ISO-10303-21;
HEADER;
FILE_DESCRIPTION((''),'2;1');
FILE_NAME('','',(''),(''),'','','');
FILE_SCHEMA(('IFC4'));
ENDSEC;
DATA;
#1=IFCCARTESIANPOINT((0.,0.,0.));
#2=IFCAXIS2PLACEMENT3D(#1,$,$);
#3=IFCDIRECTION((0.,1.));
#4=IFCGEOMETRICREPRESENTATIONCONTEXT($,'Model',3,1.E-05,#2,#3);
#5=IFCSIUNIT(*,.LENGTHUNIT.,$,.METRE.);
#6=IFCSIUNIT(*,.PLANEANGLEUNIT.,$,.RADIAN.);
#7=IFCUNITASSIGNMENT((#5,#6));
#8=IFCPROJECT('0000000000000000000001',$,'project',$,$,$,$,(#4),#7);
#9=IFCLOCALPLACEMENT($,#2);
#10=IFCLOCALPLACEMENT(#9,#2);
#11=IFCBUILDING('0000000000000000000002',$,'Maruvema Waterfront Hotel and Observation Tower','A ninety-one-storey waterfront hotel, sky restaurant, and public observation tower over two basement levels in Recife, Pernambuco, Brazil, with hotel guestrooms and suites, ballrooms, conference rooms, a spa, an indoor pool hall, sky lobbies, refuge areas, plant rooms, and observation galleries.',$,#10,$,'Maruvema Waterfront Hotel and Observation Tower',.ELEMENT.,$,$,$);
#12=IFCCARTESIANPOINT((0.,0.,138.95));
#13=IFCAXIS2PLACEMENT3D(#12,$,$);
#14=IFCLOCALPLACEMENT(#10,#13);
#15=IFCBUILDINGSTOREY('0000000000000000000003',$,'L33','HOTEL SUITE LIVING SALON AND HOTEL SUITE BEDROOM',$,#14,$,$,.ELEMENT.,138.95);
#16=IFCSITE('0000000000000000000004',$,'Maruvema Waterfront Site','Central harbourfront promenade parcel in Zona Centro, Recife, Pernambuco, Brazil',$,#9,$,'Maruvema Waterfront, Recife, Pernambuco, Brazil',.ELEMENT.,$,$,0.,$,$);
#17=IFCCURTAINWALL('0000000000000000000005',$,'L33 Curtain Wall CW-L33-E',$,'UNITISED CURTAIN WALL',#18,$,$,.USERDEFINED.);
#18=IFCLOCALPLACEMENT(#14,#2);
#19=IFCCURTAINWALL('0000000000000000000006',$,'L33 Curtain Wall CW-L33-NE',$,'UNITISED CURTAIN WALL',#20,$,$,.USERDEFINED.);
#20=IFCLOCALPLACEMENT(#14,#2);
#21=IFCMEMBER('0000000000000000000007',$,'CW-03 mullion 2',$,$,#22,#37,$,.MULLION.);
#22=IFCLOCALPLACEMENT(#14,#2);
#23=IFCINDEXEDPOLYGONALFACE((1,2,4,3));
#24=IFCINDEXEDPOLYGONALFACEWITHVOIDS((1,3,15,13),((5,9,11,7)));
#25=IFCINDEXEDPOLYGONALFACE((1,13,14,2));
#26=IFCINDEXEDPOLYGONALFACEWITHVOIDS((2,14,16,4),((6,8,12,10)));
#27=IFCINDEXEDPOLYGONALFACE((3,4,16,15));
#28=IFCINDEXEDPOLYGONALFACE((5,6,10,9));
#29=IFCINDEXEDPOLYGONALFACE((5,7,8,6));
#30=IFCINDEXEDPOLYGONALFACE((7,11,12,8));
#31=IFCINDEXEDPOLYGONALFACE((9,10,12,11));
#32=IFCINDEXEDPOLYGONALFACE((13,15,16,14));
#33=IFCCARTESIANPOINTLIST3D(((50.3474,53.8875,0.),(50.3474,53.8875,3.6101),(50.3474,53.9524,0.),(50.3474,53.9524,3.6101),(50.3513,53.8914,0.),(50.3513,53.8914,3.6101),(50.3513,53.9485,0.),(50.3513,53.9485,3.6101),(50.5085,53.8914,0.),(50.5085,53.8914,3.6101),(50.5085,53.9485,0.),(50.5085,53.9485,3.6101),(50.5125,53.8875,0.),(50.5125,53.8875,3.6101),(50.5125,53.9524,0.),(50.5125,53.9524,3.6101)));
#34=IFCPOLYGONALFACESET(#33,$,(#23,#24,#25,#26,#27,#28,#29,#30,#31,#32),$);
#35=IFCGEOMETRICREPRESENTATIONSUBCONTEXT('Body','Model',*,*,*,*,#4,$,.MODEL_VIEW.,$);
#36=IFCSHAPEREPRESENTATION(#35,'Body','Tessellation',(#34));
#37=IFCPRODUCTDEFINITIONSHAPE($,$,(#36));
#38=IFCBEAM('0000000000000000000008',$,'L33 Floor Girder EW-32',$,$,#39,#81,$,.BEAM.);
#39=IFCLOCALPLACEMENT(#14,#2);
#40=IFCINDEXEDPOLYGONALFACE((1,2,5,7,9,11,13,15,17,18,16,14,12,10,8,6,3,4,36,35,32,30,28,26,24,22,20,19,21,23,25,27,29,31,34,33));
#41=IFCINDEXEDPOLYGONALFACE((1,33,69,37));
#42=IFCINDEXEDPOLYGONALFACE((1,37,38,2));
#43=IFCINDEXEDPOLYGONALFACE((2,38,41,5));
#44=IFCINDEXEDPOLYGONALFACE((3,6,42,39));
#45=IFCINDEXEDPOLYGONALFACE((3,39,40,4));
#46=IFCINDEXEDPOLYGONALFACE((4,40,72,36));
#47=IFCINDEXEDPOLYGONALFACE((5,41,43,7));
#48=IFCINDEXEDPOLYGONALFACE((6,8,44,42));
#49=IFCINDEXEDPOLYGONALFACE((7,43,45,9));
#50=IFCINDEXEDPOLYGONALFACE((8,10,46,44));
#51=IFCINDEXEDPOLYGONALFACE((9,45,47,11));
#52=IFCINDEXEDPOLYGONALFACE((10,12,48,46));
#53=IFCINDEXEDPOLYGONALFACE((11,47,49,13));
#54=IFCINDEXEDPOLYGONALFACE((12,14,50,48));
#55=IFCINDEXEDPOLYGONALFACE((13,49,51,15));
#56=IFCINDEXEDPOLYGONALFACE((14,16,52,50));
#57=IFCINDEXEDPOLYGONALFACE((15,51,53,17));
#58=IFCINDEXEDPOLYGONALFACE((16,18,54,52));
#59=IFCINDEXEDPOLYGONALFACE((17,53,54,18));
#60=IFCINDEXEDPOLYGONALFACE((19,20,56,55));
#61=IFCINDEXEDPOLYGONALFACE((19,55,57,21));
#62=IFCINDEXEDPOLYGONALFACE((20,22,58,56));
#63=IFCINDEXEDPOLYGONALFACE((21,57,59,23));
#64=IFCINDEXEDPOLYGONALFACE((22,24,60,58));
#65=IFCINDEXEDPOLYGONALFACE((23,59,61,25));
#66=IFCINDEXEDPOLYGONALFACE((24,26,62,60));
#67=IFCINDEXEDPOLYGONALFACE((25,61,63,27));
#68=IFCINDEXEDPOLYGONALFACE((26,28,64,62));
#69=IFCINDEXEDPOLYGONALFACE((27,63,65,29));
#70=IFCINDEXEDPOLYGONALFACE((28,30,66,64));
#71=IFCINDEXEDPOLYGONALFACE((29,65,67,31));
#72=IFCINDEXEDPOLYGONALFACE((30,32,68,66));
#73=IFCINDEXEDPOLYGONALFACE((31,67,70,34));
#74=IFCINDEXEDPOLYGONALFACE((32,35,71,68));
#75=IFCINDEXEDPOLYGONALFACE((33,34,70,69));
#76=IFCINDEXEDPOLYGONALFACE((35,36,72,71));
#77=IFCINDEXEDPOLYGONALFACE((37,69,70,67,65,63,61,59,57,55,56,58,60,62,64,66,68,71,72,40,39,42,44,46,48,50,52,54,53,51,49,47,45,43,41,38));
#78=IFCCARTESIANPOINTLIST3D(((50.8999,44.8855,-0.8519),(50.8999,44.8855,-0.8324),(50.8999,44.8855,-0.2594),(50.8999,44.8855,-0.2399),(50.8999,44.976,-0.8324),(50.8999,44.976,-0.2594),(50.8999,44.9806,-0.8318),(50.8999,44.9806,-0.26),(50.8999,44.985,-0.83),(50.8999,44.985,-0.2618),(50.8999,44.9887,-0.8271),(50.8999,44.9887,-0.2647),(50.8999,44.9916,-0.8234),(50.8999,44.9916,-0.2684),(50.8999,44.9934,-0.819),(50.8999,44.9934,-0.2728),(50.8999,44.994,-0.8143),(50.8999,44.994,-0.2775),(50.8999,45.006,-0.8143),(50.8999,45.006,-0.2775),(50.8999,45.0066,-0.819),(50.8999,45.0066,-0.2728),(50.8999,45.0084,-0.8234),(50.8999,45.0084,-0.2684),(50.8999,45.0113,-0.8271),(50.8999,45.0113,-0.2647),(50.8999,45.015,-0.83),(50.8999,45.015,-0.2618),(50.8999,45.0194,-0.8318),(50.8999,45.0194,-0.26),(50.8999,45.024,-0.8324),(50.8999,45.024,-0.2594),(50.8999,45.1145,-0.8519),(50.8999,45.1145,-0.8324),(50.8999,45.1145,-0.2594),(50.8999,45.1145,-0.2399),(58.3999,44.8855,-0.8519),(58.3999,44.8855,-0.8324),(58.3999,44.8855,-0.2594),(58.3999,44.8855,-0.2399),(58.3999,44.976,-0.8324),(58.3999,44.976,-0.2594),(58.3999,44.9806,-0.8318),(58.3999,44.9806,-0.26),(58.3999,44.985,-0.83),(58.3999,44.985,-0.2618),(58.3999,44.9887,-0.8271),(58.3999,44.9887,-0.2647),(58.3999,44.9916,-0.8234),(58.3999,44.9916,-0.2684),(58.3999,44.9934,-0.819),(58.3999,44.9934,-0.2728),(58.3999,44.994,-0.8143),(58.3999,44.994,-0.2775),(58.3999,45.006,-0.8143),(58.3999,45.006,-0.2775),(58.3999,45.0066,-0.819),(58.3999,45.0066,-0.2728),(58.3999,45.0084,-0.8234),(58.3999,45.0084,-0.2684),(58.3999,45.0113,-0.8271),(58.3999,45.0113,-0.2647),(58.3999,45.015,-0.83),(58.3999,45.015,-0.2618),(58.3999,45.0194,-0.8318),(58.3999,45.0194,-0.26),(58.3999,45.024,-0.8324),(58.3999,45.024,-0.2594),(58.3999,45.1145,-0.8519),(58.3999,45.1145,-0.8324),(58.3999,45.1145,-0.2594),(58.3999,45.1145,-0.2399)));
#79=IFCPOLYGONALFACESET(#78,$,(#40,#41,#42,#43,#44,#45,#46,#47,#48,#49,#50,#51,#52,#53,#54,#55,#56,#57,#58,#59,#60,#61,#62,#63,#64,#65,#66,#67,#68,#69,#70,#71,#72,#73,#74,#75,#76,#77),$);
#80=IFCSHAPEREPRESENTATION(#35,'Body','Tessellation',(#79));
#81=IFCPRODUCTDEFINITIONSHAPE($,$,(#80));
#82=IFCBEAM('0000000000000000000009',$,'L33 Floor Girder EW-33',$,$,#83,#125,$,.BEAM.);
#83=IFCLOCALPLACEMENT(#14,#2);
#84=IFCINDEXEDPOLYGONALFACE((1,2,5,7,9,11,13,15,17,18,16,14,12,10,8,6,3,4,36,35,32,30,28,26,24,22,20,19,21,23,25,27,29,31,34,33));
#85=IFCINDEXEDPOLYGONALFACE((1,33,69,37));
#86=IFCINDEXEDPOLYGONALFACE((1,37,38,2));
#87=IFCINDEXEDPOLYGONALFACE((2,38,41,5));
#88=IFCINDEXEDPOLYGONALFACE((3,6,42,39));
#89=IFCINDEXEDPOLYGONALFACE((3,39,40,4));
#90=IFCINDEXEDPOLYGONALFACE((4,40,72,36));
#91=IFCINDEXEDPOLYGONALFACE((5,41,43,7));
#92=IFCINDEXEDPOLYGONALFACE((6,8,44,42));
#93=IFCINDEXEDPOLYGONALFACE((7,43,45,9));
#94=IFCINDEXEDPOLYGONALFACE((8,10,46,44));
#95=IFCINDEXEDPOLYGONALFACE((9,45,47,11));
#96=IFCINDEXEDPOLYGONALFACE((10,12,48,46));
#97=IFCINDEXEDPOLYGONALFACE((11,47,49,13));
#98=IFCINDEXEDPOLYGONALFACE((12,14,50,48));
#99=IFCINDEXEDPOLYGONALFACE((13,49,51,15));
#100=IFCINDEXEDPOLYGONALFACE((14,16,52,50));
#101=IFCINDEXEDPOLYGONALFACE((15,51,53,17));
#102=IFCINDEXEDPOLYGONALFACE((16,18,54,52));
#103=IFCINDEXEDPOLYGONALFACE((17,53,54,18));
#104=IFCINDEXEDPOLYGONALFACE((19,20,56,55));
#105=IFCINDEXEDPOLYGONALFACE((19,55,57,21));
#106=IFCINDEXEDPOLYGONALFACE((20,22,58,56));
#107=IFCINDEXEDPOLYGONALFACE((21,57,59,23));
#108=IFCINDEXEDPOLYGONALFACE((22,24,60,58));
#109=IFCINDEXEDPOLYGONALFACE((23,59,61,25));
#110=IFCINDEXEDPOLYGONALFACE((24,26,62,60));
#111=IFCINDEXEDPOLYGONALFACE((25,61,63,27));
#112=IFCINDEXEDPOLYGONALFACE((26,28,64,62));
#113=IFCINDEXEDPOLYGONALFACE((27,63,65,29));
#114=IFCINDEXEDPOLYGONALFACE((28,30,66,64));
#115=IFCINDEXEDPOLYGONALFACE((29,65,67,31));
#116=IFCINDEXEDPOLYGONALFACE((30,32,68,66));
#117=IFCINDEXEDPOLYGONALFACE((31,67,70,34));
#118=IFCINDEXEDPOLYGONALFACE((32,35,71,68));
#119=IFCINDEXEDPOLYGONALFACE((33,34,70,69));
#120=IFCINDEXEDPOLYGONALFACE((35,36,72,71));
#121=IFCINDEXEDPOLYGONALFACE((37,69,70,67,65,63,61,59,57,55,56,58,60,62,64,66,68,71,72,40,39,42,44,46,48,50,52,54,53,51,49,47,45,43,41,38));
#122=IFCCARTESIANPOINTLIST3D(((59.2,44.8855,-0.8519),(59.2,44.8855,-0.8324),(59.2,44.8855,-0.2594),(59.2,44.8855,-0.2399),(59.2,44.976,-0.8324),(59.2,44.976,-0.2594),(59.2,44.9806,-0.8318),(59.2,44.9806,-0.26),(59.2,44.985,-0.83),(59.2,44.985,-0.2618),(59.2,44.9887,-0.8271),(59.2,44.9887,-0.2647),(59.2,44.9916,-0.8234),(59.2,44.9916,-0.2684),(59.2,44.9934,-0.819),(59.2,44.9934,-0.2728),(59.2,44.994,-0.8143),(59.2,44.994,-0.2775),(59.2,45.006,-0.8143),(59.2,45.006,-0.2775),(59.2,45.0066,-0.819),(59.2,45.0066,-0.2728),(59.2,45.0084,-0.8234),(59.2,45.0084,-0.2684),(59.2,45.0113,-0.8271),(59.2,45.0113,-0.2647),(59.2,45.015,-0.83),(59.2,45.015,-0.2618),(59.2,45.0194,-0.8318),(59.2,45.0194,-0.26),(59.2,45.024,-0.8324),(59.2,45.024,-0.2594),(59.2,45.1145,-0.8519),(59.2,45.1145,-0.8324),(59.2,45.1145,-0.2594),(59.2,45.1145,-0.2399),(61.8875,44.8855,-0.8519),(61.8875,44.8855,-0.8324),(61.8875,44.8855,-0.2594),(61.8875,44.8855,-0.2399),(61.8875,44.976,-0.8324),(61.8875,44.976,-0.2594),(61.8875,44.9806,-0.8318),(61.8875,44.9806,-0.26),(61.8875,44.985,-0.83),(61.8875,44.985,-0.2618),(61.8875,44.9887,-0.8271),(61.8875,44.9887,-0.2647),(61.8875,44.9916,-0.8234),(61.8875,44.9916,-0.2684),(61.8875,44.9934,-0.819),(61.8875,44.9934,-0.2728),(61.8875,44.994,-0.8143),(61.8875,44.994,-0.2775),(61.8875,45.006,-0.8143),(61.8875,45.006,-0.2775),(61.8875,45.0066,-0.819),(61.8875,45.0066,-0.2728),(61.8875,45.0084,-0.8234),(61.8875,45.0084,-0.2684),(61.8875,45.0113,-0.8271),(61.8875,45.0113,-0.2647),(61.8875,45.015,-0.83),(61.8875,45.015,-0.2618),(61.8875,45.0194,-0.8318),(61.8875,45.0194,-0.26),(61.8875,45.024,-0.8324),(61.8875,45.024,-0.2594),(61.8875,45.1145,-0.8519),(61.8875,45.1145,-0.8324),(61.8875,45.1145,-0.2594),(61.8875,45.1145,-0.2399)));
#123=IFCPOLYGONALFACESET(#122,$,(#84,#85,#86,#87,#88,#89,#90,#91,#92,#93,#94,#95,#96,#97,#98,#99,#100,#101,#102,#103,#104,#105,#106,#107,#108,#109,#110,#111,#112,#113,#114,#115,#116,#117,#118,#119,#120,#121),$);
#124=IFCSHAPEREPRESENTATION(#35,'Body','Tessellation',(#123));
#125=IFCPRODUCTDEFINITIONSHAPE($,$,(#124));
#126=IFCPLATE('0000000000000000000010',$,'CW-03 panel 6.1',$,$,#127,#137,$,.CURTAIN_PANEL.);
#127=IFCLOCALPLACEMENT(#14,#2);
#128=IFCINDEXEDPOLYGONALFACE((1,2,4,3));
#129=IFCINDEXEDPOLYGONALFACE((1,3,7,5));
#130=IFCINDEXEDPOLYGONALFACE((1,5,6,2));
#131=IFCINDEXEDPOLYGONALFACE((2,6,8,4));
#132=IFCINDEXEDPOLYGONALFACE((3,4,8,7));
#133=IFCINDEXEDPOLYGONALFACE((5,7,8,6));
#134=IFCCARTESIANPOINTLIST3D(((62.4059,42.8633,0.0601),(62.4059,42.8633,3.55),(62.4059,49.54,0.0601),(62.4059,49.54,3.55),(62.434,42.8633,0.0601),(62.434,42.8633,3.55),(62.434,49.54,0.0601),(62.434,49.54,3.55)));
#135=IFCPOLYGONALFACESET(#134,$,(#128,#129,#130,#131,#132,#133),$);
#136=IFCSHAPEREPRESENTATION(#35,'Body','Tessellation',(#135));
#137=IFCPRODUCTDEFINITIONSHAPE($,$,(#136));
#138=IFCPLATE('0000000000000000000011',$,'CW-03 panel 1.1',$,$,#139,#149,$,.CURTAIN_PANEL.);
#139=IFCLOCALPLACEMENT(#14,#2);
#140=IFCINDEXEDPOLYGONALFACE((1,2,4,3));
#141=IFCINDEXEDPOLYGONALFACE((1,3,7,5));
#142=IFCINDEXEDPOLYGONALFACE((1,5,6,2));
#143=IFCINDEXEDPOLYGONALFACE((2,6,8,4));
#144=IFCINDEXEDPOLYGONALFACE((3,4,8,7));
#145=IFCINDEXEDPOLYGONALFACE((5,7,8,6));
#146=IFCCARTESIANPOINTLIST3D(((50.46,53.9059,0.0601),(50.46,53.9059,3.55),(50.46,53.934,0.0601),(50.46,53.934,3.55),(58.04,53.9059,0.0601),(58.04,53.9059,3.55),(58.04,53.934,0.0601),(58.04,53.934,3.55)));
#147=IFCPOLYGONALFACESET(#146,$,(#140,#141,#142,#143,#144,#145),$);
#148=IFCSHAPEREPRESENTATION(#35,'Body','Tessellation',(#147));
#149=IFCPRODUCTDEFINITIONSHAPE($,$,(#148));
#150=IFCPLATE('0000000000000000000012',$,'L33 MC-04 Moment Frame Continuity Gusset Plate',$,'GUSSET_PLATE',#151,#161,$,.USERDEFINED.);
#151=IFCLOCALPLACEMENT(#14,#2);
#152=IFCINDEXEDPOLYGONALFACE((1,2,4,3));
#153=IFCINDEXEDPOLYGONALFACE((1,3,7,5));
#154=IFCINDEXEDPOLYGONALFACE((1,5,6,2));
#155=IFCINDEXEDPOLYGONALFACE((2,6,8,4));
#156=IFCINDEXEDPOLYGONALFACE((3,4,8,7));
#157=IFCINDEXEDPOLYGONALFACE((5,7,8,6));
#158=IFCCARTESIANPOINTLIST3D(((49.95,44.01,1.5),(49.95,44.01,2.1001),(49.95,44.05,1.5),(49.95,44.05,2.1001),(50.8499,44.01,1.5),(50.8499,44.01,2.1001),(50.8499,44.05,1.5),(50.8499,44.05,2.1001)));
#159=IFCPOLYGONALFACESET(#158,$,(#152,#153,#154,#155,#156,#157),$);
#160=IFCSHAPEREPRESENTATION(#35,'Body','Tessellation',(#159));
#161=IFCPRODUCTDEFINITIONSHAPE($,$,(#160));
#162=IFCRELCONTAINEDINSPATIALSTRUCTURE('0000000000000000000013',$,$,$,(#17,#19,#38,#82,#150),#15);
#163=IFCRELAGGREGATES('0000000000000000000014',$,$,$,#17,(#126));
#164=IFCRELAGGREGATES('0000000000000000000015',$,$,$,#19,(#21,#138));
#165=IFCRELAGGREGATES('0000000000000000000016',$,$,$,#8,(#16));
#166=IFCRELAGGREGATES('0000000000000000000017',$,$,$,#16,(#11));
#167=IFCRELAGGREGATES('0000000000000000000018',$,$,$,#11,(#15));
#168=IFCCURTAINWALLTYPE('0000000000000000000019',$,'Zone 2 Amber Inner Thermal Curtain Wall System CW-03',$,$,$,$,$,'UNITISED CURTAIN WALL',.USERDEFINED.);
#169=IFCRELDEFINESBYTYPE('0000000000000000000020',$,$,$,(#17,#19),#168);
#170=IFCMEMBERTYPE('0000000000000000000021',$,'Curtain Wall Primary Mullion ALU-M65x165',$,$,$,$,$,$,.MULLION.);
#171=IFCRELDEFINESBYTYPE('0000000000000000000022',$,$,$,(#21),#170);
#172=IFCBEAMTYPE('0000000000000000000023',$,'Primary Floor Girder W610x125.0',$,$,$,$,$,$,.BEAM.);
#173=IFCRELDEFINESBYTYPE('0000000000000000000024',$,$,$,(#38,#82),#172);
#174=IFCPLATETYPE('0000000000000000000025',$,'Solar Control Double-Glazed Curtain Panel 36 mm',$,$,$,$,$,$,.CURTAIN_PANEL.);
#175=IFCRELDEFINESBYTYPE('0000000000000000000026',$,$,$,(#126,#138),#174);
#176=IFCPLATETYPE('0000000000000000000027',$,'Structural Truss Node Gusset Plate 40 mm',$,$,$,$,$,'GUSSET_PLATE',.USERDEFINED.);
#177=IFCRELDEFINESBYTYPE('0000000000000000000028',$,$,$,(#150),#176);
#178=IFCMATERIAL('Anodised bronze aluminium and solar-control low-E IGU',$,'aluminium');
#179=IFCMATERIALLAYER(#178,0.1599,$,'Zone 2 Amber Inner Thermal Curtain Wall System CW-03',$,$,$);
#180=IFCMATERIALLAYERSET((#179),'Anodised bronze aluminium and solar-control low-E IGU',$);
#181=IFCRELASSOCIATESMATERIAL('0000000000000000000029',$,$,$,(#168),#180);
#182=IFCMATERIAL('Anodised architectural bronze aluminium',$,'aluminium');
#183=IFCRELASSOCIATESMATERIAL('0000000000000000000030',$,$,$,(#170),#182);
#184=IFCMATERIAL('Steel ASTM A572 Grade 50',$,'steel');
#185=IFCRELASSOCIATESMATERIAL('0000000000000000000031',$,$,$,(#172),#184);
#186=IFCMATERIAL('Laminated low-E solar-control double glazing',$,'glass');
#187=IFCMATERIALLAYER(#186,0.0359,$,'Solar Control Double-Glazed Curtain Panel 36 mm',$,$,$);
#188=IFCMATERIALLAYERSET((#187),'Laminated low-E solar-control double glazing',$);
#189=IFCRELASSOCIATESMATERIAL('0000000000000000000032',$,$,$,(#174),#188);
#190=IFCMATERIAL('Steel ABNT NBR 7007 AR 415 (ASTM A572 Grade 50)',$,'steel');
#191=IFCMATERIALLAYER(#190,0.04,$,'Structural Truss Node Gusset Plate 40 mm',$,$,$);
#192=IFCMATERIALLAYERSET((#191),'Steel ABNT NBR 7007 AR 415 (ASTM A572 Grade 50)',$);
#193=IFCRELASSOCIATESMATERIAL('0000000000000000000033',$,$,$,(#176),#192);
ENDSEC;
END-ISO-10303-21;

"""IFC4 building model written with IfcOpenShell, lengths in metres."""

from ifc_helpers import new_model, si_unit, direction, frame, origin, origin_2d, place, context, subcontext, project, spatial, rectangle, hollow_rectangle, i_section, extrude, material, layer, layer_set, material_profile, profile_set, type_object, element, aggregate, save


model = new_model("IFC4")

# Units and contexts
model_context = context("Model", 3, precision=1e-05, world=origin(), true_north=direction((0.0, 1.0)))
body_context = subcontext(model_context, "Body", "Model", "MODEL_VIEW")
ifc_project = project(units=[si_unit("LENGTHUNIT", "METRE"), si_unit("PLANEANGLEUNIT", "RADIAN")], contexts=[model_context])

# Site, building, storey
site_placement = place(None, origin())
site = spatial("IfcSite", under=ifc_project, at=site_placement, Name="Maruvema Waterfront Site", Description="Central harbourfront promenade parcel in Zona Centro, Recife, Pernambuco, Brazil", LongName="Maruvema Waterfront, Recife, Pernambuco, Brazil", CompositionType="ELEMENT", RefElevation=0.0)
building_placement = place(site_placement, origin())
building = spatial("IfcBuilding", under=site, at=building_placement, Name="Maruvema Waterfront Hotel and Observation Tower", Description="A ninety-one-storey waterfront hotel, sky restaurant, and public observation tower over two basement levels in Recife, Pernambuco, Brazil, with hotel guestrooms and suites, ballrooms, conference rooms, a spa, an indoor pool hall, sky lobbies, refuge areas, plant rooms, and observation galleries.", LongName="Maruvema Waterfront Hotel and Observation Tower", CompositionType="ELEMENT")
storey_placement = place(building_placement, frame((0.0, 0.0, 138.95)))
storey = spatial("IfcBuildingStorey", under=building, at=storey_placement, Name="L33", Description="HOTEL SUITE LIVING SALON AND HOTEL SUITE BEDROOM", CompositionType="ELEMENT", Elevation=138.95)

# Curtain walls
ifc_material_1 = material(Name="Anodised bronze aluminium and solar-control low-E IGU", Category="aluminium")
ifc_layer_1 = layer(ifc_material_1, 0.1599, Name="Zone 2 Amber Inner Thermal Curtain Wall System CW-03")
ifc_layer_set_1 = layer_set([ifc_layer_1], Name="Anodised bronze aluminium and solar-control low-E IGU")
curtain_wall_type = type_object("IfcCurtainWallType", Name="Zone 2 Amber Inner Thermal Curtain Wall System CW-03", ElementType="UNITISED CURTAIN WALL", PredefinedType="USERDEFINED", material=ifc_layer_set_1)
curtain_wall_1_placement = place(storey_placement, origin())
curtain_wall_1 = element("IfcCurtainWall", 1, at=curtain_wall_1_placement, inside=storey, type_object=curtain_wall_type, Name="L33 Curtain Wall CW-L33-E", ObjectType="UNITISED CURTAIN WALL", PredefinedType="USERDEFINED")
curtain_wall_2_placement = place(storey_placement, origin())
curtain_wall_2 = element("IfcCurtainWall", 2, at=curtain_wall_2_placement, inside=storey, type_object=curtain_wall_type, Name="L33 Curtain Wall CW-L33-NE", ObjectType="UNITISED CURTAIN WALL", PredefinedType="USERDEFINED")

# Member
ifc_material_2 = material(Name="Anodised architectural bronze aluminium", Category="aluminium")
ifc_material_profile_1 = material_profile(ifc_material_2, hollow_rectangle(XDim=0.0649, YDim=0.165, WallThickness=0.0039, at=origin_2d()), Name="ALU-M65x165")
ifc_profile_set_1 = profile_set([ifc_material_profile_1], Name="Anodised architectural bronze aluminium")
member_type_1 = type_object("IfcMemberType", Name="Curtain Wall Primary Mullion ALU-M65x165", PredefinedType="MULLION", material=ifc_profile_set_1)
member_1_placement = place(storey_placement, frame((50.4299, 53.9199, 0.0), z_axis=(0.0, 0.0, 1.0), x_axis=(0.0, -1.0, 0.0)))
member_1 = element("IfcMember", 3, at=member_1_placement, type_object=member_type_1, Name="CW-03 mullion 2", PredefinedType="MULLION", context=body_context, shape_type="SweptSolid", body=[
    extrude(hollow_rectangle(XDim=0.0649, YDim=0.165, WallThickness=0.0039, at=origin_2d()), origin(), (0.0, 0.0, 1.0), 3.6101),
])

# Beams
ifc_material_3 = material(Name="Steel ASTM A572 Grade 50", Category="steel")
ifc_material_profile_2 = material_profile(ifc_material_3, i_section(OverallWidth=0.229, OverallDepth=0.6121, WebThickness=0.012, FlangeThickness=0.0195, FilletRadius=0.0181, at=origin_2d()), Name="W610x125.0")
ifc_profile_set_2 = profile_set([ifc_material_profile_2], Name="Steel ASTM A572 Grade 50")
beam_type = type_object("IfcBeamType", Name="Primary Floor Girder W610x125.0", PredefinedType="BEAM", material=ifc_profile_set_2)
beam_1_placement = place(storey_placement, frame((50.8999, 45.0, -0.5459), z_axis=(1.0, 0.0, 0.0), x_axis=(0.0, 1.0, 0.0)))
element("IfcBeam", 4, at=beam_1_placement, inside=storey, type_object=beam_type, Name="L33 Floor Girder EW-32", PredefinedType="BEAM", context=body_context, shape_type="SweptSolid", body=[
    extrude(i_section(OverallWidth=0.229, OverallDepth=0.6121, WebThickness=0.012, FlangeThickness=0.0195, FilletRadius=0.0181, at=origin_2d()), origin(), (0.0, 0.0, 1.0), 7.5),
])
beam_2_placement = place(storey_placement, frame((59.2, 45.0, -0.5459), z_axis=(1.0, 0.0, 0.0), x_axis=(0.0, 1.0, 0.0)))
element("IfcBeam", 5, at=beam_2_placement, inside=storey, type_object=beam_type, Name="L33 Floor Girder EW-33", PredefinedType="BEAM", context=body_context, shape_type="SweptSolid", body=[
    extrude(i_section(OverallWidth=0.229, OverallDepth=0.6121, WebThickness=0.012, FlangeThickness=0.0195, FilletRadius=0.0181, at=origin_2d()), origin(), (0.0, 0.0, 1.0), 2.6875),
])

# Plates
ifc_material_4 = material(Name="Laminated low-E solar-control double glazing", Category="glass")
ifc_layer_2 = layer(ifc_material_4, 0.0359, Name="Solar Control Double-Glazed Curtain Panel 36 mm")
ifc_layer_set_2 = layer_set([ifc_layer_2], Name="Laminated low-E solar-control double glazing")
plate_type_1 = type_object("IfcPlateType", Name="Solar Control Double-Glazed Curtain Panel 36 mm", PredefinedType="CURTAIN_PANEL", material=ifc_layer_set_2)
plate_1_placement = place(storey_placement, frame((62.4199, 46.2017, 0.0601), z_axis=(0.0, 0.0, 1.0), x_axis=(0.0, 1.0, 0.0)))
plate_1 = element("IfcPlate", 6, at=plate_1_placement, type_object=plate_type_1, Name="CW-03 panel 6.1", PredefinedType="CURTAIN_PANEL", context=body_context, shape_type="SweptSolid", body=[
    extrude(rectangle(XDim=6.6768, YDim=0.0281, at=origin_2d()), origin(), (0.0, 0.0, 1.0), 3.49),
])
aggregate(curtain_wall_1, [plate_1])
plate_2_placement = place(storey_placement, frame((54.25, 53.9199, 0.0601), z_axis=(0.0, 0.0, 1.0), x_axis=(-1.0, 0.0, 0.0)))
plate_2 = element("IfcPlate", 7, at=plate_2_placement, type_object=plate_type_1, Name="CW-03 panel 1.1", PredefinedType="CURTAIN_PANEL", context=body_context, shape_type="SweptSolid", body=[
    extrude(rectangle(XDim=7.5801, YDim=0.0281, at=origin_2d()), origin(), (0.0, 0.0, 1.0), 3.49),
])
aggregate(curtain_wall_2, [member_1, plate_2])
ifc_material_5 = material(Name="Steel ABNT NBR 7007 AR 415 (ASTM A572 Grade 50)", Category="steel")
ifc_layer_3 = layer(ifc_material_5, 0.04, Name="Structural Truss Node Gusset Plate 40 mm")
ifc_layer_set_3 = layer_set([ifc_layer_3], Name="Steel ABNT NBR 7007 AR 415 (ASTM A572 Grade 50)")
plate_type_2 = type_object("IfcPlateType", Name="Structural Truss Node Gusset Plate 40 mm", ElementType="GUSSET_PLATE", PredefinedType="USERDEFINED", material=ifc_layer_set_3)
plate_3_placement = place(storey_placement, frame((50.3999, 44.03, 1.5), z_axis=(0.0, 0.0, 1.0), x_axis=(1.0, 0.0, 0.0)))
element("IfcPlate", 8, at=plate_3_placement, inside=storey, type_object=plate_type_2, Name="L33 MC-04 Moment Frame Continuity Gusset Plate", ObjectType="GUSSET_PLATE", PredefinedType="USERDEFINED", context=body_context, shape_type="SweptSolid", body=[
    extrude(rectangle(XDim=0.8999, YDim=0.04, at=origin_2d()), origin(), (0.0, 0.0, 1.0), 0.6001),
])

save(model, "model.ifc")
